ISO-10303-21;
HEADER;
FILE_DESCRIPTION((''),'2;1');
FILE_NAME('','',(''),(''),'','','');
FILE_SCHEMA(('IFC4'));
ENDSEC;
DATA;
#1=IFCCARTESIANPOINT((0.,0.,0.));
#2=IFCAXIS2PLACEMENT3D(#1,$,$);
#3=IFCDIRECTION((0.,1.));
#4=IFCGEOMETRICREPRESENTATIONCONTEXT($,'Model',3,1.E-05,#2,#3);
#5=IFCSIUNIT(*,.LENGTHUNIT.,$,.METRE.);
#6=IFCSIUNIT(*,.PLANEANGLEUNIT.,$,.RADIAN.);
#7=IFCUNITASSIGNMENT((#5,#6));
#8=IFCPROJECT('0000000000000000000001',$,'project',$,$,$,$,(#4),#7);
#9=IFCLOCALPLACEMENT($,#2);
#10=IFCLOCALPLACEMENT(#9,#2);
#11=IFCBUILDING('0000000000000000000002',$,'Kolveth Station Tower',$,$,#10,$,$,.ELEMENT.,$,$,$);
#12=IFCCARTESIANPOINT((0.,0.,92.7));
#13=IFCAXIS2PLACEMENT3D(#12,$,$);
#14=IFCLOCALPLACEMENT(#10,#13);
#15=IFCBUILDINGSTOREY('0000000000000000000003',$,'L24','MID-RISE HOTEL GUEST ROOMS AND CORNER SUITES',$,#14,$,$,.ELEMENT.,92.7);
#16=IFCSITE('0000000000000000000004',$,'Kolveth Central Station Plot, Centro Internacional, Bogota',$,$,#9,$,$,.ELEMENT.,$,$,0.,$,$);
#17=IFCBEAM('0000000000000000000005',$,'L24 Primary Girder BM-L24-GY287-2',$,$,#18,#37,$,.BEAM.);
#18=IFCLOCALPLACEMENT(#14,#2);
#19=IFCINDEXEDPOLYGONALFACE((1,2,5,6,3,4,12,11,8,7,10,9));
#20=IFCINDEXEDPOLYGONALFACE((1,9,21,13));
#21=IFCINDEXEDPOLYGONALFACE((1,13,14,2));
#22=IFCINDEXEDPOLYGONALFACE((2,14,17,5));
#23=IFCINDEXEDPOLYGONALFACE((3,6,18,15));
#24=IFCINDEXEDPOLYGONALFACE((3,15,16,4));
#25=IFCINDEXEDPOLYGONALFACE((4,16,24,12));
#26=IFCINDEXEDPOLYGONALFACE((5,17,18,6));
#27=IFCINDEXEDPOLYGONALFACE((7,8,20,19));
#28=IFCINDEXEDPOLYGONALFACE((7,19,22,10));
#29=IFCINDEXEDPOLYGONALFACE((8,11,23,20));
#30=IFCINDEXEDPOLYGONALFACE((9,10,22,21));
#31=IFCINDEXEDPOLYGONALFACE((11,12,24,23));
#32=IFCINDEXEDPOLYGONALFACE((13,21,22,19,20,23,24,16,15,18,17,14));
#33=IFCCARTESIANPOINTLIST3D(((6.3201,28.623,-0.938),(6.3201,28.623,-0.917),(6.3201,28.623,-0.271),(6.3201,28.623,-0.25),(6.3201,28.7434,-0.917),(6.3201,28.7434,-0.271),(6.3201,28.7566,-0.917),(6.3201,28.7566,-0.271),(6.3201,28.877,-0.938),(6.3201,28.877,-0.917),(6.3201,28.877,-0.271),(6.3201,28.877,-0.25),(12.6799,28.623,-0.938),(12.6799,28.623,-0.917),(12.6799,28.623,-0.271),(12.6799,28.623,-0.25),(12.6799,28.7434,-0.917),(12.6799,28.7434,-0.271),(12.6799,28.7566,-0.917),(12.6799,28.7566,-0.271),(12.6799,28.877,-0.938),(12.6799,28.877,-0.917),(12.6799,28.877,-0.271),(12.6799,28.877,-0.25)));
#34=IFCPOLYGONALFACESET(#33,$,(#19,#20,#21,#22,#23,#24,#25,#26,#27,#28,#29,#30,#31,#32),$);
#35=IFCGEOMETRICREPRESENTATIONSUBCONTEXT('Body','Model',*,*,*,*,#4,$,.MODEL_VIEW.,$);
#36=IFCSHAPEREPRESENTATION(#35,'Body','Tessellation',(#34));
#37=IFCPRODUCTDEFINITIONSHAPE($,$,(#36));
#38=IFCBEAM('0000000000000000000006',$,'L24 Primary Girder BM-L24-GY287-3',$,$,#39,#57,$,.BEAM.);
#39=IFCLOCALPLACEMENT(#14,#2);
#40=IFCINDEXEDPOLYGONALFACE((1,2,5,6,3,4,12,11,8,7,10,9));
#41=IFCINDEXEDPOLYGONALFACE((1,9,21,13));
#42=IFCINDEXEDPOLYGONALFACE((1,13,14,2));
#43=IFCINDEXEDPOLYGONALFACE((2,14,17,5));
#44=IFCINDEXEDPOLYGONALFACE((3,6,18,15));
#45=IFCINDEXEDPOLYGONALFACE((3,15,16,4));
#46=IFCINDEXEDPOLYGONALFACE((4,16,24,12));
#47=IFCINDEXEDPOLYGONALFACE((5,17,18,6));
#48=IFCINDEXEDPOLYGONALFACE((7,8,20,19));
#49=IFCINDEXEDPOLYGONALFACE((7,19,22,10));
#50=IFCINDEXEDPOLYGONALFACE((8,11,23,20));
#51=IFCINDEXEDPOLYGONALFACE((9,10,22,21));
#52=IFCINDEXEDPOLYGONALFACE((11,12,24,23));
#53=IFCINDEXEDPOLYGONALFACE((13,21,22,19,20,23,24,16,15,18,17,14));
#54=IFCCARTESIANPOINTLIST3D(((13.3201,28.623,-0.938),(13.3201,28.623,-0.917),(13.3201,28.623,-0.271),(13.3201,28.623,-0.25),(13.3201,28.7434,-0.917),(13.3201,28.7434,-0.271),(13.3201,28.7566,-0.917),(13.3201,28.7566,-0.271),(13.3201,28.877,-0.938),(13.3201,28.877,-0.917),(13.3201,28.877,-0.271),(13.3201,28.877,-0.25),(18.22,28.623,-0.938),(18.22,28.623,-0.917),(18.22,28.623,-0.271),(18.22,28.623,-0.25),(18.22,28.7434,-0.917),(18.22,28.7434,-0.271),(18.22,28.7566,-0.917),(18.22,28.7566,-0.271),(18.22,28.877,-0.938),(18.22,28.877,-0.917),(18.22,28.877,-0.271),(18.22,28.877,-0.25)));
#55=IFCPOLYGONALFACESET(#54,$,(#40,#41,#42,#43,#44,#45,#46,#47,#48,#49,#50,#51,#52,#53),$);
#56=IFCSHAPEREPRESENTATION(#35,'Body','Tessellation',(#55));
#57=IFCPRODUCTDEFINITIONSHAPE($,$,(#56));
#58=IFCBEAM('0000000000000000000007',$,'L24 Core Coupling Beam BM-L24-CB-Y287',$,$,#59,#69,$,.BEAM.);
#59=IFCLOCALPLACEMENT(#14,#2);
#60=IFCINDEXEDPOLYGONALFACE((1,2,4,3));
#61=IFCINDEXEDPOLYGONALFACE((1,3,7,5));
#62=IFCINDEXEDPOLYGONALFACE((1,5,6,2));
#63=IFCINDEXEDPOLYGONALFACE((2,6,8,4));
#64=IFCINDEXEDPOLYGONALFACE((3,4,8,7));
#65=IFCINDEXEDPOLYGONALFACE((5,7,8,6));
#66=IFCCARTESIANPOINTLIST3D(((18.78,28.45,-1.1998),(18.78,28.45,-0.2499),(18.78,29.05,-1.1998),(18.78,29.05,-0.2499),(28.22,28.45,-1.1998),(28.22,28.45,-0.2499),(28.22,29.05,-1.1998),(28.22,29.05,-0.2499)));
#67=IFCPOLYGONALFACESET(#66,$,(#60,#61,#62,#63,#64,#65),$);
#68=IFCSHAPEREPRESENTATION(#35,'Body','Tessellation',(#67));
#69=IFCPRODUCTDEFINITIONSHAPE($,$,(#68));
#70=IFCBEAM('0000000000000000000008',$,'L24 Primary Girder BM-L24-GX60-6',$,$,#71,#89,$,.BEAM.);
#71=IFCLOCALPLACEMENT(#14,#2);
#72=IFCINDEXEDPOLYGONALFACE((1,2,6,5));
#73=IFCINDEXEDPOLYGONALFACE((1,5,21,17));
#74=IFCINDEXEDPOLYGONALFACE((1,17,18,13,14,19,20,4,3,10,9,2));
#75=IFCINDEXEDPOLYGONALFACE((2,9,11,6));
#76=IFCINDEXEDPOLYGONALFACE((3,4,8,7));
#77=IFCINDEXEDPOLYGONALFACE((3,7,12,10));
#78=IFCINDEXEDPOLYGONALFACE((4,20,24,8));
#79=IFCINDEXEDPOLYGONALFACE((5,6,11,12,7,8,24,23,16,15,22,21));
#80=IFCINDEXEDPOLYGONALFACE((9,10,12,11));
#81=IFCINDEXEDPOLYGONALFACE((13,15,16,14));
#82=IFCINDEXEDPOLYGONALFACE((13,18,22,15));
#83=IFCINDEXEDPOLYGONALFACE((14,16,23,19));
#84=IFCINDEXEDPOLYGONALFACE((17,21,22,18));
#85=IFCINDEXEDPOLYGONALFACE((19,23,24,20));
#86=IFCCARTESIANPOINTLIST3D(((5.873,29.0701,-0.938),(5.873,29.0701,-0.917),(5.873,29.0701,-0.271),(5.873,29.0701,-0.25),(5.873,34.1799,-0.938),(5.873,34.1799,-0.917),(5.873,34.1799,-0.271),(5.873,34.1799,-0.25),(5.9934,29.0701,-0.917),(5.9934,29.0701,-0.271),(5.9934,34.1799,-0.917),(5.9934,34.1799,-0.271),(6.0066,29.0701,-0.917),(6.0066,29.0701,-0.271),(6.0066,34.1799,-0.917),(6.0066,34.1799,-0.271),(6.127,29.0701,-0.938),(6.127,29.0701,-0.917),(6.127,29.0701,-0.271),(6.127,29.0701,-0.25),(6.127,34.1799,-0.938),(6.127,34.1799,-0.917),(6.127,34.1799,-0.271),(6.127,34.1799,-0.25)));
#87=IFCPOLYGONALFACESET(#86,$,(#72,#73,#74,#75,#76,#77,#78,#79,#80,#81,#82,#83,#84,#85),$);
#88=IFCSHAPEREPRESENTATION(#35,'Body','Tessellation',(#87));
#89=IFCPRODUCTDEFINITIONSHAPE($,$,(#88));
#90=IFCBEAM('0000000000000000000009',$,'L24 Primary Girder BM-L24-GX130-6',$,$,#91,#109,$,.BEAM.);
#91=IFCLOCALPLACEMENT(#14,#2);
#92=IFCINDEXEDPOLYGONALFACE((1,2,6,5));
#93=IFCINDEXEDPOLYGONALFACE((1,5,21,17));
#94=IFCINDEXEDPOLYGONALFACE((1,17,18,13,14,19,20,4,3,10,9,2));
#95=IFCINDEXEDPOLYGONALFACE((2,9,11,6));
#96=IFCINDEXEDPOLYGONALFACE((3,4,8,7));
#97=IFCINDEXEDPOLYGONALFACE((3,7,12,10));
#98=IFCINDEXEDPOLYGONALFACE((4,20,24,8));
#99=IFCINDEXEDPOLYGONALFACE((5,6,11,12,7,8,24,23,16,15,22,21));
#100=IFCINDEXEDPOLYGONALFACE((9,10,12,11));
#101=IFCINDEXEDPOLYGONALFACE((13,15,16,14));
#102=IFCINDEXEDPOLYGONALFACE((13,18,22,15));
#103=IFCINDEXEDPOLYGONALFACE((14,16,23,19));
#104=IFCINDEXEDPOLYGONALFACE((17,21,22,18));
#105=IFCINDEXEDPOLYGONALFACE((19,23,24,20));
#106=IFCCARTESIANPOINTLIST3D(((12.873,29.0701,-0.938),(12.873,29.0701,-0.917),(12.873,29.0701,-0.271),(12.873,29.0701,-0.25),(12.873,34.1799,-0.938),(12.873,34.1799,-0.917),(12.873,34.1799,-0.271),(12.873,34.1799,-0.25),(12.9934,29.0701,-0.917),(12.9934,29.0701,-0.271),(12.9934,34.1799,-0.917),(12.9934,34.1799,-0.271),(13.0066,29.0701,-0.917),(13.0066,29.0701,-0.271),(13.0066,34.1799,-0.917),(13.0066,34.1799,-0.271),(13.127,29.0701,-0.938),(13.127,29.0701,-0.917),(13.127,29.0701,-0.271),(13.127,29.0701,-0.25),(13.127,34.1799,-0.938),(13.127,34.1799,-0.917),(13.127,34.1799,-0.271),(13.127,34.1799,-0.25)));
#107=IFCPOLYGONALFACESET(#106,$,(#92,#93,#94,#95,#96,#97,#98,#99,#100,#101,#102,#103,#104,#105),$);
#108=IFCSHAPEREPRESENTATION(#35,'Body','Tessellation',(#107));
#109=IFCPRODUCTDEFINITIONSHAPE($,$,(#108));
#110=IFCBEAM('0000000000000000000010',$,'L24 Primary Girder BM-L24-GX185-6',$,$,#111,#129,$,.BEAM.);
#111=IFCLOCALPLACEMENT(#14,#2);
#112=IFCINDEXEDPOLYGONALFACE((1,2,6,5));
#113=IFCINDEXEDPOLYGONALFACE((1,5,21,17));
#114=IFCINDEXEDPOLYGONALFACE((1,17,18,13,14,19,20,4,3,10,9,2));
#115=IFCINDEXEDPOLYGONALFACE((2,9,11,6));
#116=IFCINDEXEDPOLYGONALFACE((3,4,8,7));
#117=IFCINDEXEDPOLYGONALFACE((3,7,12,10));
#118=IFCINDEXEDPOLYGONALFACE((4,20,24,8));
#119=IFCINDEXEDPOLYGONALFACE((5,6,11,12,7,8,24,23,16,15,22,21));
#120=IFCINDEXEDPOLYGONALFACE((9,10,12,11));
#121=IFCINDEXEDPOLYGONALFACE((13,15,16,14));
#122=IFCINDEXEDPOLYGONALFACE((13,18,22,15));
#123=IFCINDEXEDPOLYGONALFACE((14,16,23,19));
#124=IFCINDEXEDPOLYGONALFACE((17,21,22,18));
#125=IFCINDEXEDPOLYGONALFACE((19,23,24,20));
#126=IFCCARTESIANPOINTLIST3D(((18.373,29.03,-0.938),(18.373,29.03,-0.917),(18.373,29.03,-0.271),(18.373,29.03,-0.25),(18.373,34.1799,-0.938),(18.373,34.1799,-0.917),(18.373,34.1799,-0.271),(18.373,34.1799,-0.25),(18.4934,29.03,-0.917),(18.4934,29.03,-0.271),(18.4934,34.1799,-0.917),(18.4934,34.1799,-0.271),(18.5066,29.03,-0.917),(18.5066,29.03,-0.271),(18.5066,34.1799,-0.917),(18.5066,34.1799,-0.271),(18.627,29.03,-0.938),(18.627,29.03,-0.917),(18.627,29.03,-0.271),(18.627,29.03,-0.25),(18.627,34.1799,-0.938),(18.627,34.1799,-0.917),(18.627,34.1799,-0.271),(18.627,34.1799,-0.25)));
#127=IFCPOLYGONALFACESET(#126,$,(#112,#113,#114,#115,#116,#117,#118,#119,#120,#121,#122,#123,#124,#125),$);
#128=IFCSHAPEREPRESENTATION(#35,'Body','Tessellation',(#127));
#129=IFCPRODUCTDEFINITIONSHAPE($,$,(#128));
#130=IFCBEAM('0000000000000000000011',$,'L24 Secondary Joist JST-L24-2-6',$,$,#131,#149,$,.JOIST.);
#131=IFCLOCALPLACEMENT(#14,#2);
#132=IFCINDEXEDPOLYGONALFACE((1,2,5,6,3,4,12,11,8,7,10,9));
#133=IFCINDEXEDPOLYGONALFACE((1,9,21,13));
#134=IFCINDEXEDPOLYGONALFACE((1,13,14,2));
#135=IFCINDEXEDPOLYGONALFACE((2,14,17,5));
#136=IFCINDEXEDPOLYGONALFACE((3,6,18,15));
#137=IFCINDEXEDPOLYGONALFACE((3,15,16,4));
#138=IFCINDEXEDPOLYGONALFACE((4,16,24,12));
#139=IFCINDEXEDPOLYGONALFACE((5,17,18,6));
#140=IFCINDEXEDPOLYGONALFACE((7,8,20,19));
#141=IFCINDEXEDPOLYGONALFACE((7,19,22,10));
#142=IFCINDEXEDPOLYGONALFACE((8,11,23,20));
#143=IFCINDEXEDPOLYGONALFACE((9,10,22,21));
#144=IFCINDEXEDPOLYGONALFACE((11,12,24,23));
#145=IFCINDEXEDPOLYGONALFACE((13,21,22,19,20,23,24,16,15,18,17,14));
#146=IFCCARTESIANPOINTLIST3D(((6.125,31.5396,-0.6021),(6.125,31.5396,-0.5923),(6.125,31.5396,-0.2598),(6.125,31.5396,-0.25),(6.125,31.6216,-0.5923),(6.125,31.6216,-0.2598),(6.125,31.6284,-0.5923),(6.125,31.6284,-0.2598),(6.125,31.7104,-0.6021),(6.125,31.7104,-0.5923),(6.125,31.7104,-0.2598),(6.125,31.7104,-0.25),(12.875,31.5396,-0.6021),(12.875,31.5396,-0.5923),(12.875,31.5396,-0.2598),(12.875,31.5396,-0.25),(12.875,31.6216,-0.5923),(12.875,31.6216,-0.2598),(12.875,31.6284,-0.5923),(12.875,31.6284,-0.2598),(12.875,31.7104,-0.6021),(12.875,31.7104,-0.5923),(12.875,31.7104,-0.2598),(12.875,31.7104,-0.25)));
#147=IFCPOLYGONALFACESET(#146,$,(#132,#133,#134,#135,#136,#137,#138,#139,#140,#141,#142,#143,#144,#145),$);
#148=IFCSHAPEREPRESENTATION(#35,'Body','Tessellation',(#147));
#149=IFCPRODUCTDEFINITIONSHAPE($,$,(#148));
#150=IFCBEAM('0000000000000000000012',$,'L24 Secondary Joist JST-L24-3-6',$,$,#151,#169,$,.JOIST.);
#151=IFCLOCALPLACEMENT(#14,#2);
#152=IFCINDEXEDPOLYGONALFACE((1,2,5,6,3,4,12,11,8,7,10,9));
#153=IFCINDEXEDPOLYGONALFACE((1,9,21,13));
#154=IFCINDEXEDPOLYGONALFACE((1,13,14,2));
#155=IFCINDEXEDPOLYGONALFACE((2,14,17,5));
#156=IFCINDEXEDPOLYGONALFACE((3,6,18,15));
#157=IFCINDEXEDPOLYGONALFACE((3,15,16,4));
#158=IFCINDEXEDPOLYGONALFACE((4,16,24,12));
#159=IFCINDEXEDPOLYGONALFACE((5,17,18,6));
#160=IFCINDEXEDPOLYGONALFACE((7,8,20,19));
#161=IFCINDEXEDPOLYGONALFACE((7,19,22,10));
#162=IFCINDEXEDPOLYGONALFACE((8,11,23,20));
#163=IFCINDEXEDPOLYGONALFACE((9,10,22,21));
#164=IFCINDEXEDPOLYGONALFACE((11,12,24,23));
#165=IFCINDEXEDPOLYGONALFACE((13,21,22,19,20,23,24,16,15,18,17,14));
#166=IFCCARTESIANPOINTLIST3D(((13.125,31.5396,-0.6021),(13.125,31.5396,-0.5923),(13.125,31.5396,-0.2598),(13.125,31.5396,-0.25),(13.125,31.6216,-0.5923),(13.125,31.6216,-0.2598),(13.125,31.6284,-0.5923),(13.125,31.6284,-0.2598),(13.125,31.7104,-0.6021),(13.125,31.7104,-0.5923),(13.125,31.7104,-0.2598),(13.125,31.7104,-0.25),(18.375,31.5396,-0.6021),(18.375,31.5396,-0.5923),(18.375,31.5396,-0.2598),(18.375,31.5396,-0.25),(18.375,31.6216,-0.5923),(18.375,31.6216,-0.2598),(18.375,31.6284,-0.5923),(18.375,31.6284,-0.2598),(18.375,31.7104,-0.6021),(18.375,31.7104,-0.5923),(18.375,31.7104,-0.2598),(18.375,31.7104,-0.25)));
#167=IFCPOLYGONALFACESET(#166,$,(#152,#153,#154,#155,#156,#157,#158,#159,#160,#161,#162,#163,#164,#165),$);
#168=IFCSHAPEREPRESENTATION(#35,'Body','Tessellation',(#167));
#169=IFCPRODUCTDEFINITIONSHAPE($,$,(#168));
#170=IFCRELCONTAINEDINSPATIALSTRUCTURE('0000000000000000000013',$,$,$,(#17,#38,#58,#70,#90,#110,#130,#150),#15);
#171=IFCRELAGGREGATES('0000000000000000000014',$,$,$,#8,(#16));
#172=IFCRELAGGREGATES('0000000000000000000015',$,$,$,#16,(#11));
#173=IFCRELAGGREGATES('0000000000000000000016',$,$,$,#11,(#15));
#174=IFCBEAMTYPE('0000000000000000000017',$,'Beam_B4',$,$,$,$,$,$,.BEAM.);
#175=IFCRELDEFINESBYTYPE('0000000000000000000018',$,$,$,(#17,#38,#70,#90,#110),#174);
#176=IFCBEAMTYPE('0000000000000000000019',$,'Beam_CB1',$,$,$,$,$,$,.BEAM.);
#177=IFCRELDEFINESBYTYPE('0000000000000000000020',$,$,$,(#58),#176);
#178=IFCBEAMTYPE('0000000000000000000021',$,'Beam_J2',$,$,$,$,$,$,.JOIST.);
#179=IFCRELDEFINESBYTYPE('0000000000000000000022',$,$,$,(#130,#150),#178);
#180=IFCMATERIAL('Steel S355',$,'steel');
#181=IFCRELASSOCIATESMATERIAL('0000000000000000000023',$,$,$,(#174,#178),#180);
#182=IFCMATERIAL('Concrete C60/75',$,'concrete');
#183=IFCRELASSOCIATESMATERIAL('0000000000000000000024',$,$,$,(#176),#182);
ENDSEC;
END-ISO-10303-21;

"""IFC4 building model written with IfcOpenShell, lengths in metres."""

from ifc_helpers import new_model, si_unit, direction, frame, origin, origin_2d, place, context, subcontext, project, spatial, rectangle, i_section, extrude, source, transform, mapped, material, material_profile, profile_set, type_object, element, save


model = new_model("IFC4")

# Units and contexts
model_context = context("Model", 3, precision=1e-05, world=origin(), true_north=direction((0.0, 1.0)))
body_context = subcontext(model_context, "Body", "Model", "MODEL_VIEW")
ifc_project = project(units=[si_unit("LENGTHUNIT", "METRE"), si_unit("PLANEANGLEUNIT", "RADIAN")], contexts=[model_context])

# Site, building, storey
site_placement = place(None, origin())
site = spatial("IfcSite", under=ifc_project, at=site_placement, Name="Kolveth Central Station Plot, Centro Internacional, Bogota", CompositionType="ELEMENT", RefElevation=0.0)
building_placement = place(site_placement, origin())
building = spatial("IfcBuilding", under=site, at=building_placement, Name="Kolveth Station Tower", CompositionType="ELEMENT")
storey_placement = place(building_placement, frame((0.0, 0.0, 92.7)))
storey = spatial("IfcBuildingStorey", under=building, at=storey_placement, Name="L24", Description="MID-RISE HOTEL GUEST ROOMS AND CORNER SUITES", CompositionType="ELEMENT", Elevation=92.7)

# Shared definitions
ifc_material_1 = material(Name="Steel S355", Category="steel")

# Beams
ifc_material_profile_1 = material_profile(ifc_material_1, i_section(OverallWidth=0.2539, OverallDepth=0.688, WebThickness=0.0132, FlangeThickness=0.021, at=origin_2d()), Name="W690x152")
ifc_profile_set_1 = profile_set([ifc_material_profile_1], Name="Steel S355")
beam_type_1 = type_object("IfcBeamType", Name="Beam_B4", PredefinedType="BEAM", material=ifc_profile_set_1)
shared_shape_1 = source(origin(), body_context, "Body", "SweptSolid", [
    extrude(i_section(OverallWidth=0.2539, OverallDepth=0.688, WebThickness=0.0132, FlangeThickness=0.021, at=origin_2d()), origin(), (0.0, 0.0, 1.0), 6.3599),
])
beam_1_placement = place(storey_placement, frame((6.3201, 28.75, -0.594), z_axis=(1.0, 0.0, 0.0), x_axis=(0.0, 1.0, 0.0)))
element("IfcBeam", 1, at=beam_1_placement, inside=storey, type_object=beam_type_1, Name="L24 Primary Girder BM-L24-GY287-2", PredefinedType="BEAM", context=body_context, shape_type="MappedRepresentation", body=[
    mapped(shared_shape_1, transform((0.0, 0.0, 0.0), x_axis=(1.0, 0.0, 0.0), y_axis=(0.0, 1.0, 0.0), z_axis=(0.0, 0.0, 1.0), scale=1.0)),
])
shared_shape_2 = source(origin(), body_context, "Body", "SweptSolid", [
    extrude(i_section(OverallWidth=0.2539, OverallDepth=0.688, WebThickness=0.0132, FlangeThickness=0.021, at=origin_2d()), origin(), (0.0, 0.0, 1.0), 4.8999),
])
beam_2_placement = place(storey_placement, frame((13.3201, 28.75, -0.594), z_axis=(1.0, 0.0, 0.0), x_axis=(0.0, 1.0, 0.0)))
element("IfcBeam", 2, at=beam_2_placement, inside=storey, type_object=beam_type_1, Name="L24 Primary Girder BM-L24-GY287-3", PredefinedType="BEAM", context=body_context, shape_type="MappedRepresentation", body=[
    mapped(shared_shape_2, transform((0.0, 0.0, 0.0), x_axis=(1.0, 0.0, 0.0), y_axis=(0.0, 1.0, 0.0), z_axis=(0.0, 0.0, 1.0), scale=1.0)),
])
ifc_material_2 = material(Name="Concrete C60/75", Category="concrete")
ifc_material_profile_2 = material_profile(ifc_material_2, rectangle(XDim=0.6001, YDim=0.95, at=origin_2d()), Name="RC-600x950")
ifc_profile_set_2 = profile_set([ifc_material_profile_2], Name="Concrete C60/75")
beam_type_2 = type_object("IfcBeamType", Name="Beam_CB1", PredefinedType="BEAM", material=ifc_profile_set_2)
shared_shape_3 = source(origin(), body_context, "Body", "SweptSolid", [
    extrude(rectangle(XDim=0.6001, YDim=0.95, at=origin_2d()), origin(), (0.0, 0.0, 1.0), 9.4399),
])
beam_3_placement = place(storey_placement, frame((18.78, 28.75, -0.7249), z_axis=(1.0, 0.0, 0.0), x_axis=(0.0, 1.0, 0.0)))
element("IfcBeam", 3, at=beam_3_placement, inside=storey, type_object=beam_type_2, Name="L24 Core Coupling Beam BM-L24-CB-Y287", PredefinedType="BEAM", context=body_context, shape_type="MappedRepresentation", body=[
    mapped(shared_shape_3, transform((0.0, 0.0, 0.0), x_axis=(1.0, 0.0, 0.0), y_axis=(0.0, 1.0, 0.0), z_axis=(0.0, 0.0, 1.0), scale=1.0)),
])
shared_shape_4 = source(origin(), body_context, "Body", "SweptSolid", [
    extrude(i_section(OverallWidth=0.2539, OverallDepth=0.688, WebThickness=0.0132, FlangeThickness=0.021, at=origin_2d()), origin(), (0.0, 0.0, 1.0), 5.1099),
])
for number, where, z_axis, x_axis, name in (
    (4, (6.0, 29.0701, -0.594), (0.0, 1.0, 0.0), (-1.0, 0.0, 0.0), "L24 Primary Girder BM-L24-GX60-6"),
    (5, (13.0, 29.0701, -0.594), (0.0, 1.0, 0.0), (-1.0, 0.0, 0.0), "L24 Primary Girder BM-L24-GX130-6"),
):
    element("IfcBeam", number, at=place(storey_placement, frame(where, z_axis=z_axis, x_axis=x_axis)), inside=storey, type_object=beam_type_1, Name=name, PredefinedType="BEAM", context=body_context, shape_type="MappedRepresentation", body=[
        mapped(shared_shape_4, transform((0.0, 0.0, 0.0), x_axis=(1.0, 0.0, 0.0), y_axis=(0.0, 1.0, 0.0), z_axis=(0.0, 0.0, 1.0), scale=1.0)),
    ])
shared_shape_5 = source(origin(), body_context, "Body", "SweptSolid", [
    extrude(i_section(OverallWidth=0.2539, OverallDepth=0.688, WebThickness=0.0132, FlangeThickness=0.021, at=origin_2d()), origin(), (0.0, 0.0, 1.0), 5.1499),
])
beam_4_placement = place(storey_placement, frame((18.5, 29.03, -0.594), z_axis=(0.0, 1.0, 0.0), x_axis=(-1.0, 0.0, 0.0)))
element("IfcBeam", 6, at=beam_4_placement, inside=storey, type_object=beam_type_1, Name="L24 Primary Girder BM-L24-GX185-6", PredefinedType="BEAM", context=body_context, shape_type="MappedRepresentation", body=[
    mapped(shared_shape_5, transform((0.0, 0.0, 0.0), x_axis=(1.0, 0.0, 0.0), y_axis=(0.0, 1.0, 0.0), z_axis=(0.0, 0.0, 1.0), scale=1.0)),
])
ifc_material_profile_3 = material_profile(ifc_material_1, i_section(OverallWidth=0.1709, OverallDepth=0.3521, WebThickness=0.0068, FlangeThickness=0.0098, at=origin_2d()), Name="W360x44")
ifc_profile_set_3 = profile_set([ifc_material_profile_3], Name="Steel S355")
beam_type_3 = type_object("IfcBeamType", Name="Beam_J2", PredefinedType="JOIST", material=ifc_profile_set_3)
shared_shape_6 = source(origin(), body_context, "Body", "SweptSolid", [
    extrude(i_section(OverallWidth=0.1709, OverallDepth=0.3521, WebThickness=0.0068, FlangeThickness=0.0098, at=origin_2d()), origin(), (0.0, 0.0, 1.0), 6.75),
])
beam_5_placement = place(storey_placement, frame((6.125, 31.625, -0.426), z_axis=(1.0, 0.0, 0.0), x_axis=(0.0, 1.0, 0.0)))
element("IfcBeam", 7, at=beam_5_placement, inside=storey, type_object=beam_type_3, Name="L24 Secondary Joist JST-L24-2-6", PredefinedType="JOIST", context=body_context, shape_type="MappedRepresentation", body=[
    mapped(shared_shape_6, transform((0.0, 0.0, 0.0), x_axis=(1.0, 0.0, 0.0), y_axis=(0.0, 1.0, 0.0), z_axis=(0.0, 0.0, 1.0), scale=1.0)),
])
shared_shape_7 = source(origin(), body_context, "Body", "SweptSolid", [
    extrude(i_section(OverallWidth=0.1709, OverallDepth=0.3521, WebThickness=0.0068, FlangeThickness=0.0098, at=origin_2d()), origin(), (0.0, 0.0, 1.0), 5.25),
])
beam_6_placement = place(storey_placement, frame((13.125, 31.625, -0.426), z_axis=(1.0, 0.0, 0.0), x_axis=(0.0, 1.0, 0.0)))
element("IfcBeam", 8, at=beam_6_placement, inside=storey, type_object=beam_type_3, Name="L24 Secondary Joist JST-L24-3-6", PredefinedType="JOIST", context=body_context, shape_type="MappedRepresentation", body=[
    mapped(shared_shape_7, transform((0.0, 0.0, 0.0), x_axis=(1.0, 0.0, 0.0), y_axis=(0.0, 1.0, 0.0), z_axis=(0.0, 0.0, 1.0), scale=1.0)),
])

save(model, "model.ifc")
